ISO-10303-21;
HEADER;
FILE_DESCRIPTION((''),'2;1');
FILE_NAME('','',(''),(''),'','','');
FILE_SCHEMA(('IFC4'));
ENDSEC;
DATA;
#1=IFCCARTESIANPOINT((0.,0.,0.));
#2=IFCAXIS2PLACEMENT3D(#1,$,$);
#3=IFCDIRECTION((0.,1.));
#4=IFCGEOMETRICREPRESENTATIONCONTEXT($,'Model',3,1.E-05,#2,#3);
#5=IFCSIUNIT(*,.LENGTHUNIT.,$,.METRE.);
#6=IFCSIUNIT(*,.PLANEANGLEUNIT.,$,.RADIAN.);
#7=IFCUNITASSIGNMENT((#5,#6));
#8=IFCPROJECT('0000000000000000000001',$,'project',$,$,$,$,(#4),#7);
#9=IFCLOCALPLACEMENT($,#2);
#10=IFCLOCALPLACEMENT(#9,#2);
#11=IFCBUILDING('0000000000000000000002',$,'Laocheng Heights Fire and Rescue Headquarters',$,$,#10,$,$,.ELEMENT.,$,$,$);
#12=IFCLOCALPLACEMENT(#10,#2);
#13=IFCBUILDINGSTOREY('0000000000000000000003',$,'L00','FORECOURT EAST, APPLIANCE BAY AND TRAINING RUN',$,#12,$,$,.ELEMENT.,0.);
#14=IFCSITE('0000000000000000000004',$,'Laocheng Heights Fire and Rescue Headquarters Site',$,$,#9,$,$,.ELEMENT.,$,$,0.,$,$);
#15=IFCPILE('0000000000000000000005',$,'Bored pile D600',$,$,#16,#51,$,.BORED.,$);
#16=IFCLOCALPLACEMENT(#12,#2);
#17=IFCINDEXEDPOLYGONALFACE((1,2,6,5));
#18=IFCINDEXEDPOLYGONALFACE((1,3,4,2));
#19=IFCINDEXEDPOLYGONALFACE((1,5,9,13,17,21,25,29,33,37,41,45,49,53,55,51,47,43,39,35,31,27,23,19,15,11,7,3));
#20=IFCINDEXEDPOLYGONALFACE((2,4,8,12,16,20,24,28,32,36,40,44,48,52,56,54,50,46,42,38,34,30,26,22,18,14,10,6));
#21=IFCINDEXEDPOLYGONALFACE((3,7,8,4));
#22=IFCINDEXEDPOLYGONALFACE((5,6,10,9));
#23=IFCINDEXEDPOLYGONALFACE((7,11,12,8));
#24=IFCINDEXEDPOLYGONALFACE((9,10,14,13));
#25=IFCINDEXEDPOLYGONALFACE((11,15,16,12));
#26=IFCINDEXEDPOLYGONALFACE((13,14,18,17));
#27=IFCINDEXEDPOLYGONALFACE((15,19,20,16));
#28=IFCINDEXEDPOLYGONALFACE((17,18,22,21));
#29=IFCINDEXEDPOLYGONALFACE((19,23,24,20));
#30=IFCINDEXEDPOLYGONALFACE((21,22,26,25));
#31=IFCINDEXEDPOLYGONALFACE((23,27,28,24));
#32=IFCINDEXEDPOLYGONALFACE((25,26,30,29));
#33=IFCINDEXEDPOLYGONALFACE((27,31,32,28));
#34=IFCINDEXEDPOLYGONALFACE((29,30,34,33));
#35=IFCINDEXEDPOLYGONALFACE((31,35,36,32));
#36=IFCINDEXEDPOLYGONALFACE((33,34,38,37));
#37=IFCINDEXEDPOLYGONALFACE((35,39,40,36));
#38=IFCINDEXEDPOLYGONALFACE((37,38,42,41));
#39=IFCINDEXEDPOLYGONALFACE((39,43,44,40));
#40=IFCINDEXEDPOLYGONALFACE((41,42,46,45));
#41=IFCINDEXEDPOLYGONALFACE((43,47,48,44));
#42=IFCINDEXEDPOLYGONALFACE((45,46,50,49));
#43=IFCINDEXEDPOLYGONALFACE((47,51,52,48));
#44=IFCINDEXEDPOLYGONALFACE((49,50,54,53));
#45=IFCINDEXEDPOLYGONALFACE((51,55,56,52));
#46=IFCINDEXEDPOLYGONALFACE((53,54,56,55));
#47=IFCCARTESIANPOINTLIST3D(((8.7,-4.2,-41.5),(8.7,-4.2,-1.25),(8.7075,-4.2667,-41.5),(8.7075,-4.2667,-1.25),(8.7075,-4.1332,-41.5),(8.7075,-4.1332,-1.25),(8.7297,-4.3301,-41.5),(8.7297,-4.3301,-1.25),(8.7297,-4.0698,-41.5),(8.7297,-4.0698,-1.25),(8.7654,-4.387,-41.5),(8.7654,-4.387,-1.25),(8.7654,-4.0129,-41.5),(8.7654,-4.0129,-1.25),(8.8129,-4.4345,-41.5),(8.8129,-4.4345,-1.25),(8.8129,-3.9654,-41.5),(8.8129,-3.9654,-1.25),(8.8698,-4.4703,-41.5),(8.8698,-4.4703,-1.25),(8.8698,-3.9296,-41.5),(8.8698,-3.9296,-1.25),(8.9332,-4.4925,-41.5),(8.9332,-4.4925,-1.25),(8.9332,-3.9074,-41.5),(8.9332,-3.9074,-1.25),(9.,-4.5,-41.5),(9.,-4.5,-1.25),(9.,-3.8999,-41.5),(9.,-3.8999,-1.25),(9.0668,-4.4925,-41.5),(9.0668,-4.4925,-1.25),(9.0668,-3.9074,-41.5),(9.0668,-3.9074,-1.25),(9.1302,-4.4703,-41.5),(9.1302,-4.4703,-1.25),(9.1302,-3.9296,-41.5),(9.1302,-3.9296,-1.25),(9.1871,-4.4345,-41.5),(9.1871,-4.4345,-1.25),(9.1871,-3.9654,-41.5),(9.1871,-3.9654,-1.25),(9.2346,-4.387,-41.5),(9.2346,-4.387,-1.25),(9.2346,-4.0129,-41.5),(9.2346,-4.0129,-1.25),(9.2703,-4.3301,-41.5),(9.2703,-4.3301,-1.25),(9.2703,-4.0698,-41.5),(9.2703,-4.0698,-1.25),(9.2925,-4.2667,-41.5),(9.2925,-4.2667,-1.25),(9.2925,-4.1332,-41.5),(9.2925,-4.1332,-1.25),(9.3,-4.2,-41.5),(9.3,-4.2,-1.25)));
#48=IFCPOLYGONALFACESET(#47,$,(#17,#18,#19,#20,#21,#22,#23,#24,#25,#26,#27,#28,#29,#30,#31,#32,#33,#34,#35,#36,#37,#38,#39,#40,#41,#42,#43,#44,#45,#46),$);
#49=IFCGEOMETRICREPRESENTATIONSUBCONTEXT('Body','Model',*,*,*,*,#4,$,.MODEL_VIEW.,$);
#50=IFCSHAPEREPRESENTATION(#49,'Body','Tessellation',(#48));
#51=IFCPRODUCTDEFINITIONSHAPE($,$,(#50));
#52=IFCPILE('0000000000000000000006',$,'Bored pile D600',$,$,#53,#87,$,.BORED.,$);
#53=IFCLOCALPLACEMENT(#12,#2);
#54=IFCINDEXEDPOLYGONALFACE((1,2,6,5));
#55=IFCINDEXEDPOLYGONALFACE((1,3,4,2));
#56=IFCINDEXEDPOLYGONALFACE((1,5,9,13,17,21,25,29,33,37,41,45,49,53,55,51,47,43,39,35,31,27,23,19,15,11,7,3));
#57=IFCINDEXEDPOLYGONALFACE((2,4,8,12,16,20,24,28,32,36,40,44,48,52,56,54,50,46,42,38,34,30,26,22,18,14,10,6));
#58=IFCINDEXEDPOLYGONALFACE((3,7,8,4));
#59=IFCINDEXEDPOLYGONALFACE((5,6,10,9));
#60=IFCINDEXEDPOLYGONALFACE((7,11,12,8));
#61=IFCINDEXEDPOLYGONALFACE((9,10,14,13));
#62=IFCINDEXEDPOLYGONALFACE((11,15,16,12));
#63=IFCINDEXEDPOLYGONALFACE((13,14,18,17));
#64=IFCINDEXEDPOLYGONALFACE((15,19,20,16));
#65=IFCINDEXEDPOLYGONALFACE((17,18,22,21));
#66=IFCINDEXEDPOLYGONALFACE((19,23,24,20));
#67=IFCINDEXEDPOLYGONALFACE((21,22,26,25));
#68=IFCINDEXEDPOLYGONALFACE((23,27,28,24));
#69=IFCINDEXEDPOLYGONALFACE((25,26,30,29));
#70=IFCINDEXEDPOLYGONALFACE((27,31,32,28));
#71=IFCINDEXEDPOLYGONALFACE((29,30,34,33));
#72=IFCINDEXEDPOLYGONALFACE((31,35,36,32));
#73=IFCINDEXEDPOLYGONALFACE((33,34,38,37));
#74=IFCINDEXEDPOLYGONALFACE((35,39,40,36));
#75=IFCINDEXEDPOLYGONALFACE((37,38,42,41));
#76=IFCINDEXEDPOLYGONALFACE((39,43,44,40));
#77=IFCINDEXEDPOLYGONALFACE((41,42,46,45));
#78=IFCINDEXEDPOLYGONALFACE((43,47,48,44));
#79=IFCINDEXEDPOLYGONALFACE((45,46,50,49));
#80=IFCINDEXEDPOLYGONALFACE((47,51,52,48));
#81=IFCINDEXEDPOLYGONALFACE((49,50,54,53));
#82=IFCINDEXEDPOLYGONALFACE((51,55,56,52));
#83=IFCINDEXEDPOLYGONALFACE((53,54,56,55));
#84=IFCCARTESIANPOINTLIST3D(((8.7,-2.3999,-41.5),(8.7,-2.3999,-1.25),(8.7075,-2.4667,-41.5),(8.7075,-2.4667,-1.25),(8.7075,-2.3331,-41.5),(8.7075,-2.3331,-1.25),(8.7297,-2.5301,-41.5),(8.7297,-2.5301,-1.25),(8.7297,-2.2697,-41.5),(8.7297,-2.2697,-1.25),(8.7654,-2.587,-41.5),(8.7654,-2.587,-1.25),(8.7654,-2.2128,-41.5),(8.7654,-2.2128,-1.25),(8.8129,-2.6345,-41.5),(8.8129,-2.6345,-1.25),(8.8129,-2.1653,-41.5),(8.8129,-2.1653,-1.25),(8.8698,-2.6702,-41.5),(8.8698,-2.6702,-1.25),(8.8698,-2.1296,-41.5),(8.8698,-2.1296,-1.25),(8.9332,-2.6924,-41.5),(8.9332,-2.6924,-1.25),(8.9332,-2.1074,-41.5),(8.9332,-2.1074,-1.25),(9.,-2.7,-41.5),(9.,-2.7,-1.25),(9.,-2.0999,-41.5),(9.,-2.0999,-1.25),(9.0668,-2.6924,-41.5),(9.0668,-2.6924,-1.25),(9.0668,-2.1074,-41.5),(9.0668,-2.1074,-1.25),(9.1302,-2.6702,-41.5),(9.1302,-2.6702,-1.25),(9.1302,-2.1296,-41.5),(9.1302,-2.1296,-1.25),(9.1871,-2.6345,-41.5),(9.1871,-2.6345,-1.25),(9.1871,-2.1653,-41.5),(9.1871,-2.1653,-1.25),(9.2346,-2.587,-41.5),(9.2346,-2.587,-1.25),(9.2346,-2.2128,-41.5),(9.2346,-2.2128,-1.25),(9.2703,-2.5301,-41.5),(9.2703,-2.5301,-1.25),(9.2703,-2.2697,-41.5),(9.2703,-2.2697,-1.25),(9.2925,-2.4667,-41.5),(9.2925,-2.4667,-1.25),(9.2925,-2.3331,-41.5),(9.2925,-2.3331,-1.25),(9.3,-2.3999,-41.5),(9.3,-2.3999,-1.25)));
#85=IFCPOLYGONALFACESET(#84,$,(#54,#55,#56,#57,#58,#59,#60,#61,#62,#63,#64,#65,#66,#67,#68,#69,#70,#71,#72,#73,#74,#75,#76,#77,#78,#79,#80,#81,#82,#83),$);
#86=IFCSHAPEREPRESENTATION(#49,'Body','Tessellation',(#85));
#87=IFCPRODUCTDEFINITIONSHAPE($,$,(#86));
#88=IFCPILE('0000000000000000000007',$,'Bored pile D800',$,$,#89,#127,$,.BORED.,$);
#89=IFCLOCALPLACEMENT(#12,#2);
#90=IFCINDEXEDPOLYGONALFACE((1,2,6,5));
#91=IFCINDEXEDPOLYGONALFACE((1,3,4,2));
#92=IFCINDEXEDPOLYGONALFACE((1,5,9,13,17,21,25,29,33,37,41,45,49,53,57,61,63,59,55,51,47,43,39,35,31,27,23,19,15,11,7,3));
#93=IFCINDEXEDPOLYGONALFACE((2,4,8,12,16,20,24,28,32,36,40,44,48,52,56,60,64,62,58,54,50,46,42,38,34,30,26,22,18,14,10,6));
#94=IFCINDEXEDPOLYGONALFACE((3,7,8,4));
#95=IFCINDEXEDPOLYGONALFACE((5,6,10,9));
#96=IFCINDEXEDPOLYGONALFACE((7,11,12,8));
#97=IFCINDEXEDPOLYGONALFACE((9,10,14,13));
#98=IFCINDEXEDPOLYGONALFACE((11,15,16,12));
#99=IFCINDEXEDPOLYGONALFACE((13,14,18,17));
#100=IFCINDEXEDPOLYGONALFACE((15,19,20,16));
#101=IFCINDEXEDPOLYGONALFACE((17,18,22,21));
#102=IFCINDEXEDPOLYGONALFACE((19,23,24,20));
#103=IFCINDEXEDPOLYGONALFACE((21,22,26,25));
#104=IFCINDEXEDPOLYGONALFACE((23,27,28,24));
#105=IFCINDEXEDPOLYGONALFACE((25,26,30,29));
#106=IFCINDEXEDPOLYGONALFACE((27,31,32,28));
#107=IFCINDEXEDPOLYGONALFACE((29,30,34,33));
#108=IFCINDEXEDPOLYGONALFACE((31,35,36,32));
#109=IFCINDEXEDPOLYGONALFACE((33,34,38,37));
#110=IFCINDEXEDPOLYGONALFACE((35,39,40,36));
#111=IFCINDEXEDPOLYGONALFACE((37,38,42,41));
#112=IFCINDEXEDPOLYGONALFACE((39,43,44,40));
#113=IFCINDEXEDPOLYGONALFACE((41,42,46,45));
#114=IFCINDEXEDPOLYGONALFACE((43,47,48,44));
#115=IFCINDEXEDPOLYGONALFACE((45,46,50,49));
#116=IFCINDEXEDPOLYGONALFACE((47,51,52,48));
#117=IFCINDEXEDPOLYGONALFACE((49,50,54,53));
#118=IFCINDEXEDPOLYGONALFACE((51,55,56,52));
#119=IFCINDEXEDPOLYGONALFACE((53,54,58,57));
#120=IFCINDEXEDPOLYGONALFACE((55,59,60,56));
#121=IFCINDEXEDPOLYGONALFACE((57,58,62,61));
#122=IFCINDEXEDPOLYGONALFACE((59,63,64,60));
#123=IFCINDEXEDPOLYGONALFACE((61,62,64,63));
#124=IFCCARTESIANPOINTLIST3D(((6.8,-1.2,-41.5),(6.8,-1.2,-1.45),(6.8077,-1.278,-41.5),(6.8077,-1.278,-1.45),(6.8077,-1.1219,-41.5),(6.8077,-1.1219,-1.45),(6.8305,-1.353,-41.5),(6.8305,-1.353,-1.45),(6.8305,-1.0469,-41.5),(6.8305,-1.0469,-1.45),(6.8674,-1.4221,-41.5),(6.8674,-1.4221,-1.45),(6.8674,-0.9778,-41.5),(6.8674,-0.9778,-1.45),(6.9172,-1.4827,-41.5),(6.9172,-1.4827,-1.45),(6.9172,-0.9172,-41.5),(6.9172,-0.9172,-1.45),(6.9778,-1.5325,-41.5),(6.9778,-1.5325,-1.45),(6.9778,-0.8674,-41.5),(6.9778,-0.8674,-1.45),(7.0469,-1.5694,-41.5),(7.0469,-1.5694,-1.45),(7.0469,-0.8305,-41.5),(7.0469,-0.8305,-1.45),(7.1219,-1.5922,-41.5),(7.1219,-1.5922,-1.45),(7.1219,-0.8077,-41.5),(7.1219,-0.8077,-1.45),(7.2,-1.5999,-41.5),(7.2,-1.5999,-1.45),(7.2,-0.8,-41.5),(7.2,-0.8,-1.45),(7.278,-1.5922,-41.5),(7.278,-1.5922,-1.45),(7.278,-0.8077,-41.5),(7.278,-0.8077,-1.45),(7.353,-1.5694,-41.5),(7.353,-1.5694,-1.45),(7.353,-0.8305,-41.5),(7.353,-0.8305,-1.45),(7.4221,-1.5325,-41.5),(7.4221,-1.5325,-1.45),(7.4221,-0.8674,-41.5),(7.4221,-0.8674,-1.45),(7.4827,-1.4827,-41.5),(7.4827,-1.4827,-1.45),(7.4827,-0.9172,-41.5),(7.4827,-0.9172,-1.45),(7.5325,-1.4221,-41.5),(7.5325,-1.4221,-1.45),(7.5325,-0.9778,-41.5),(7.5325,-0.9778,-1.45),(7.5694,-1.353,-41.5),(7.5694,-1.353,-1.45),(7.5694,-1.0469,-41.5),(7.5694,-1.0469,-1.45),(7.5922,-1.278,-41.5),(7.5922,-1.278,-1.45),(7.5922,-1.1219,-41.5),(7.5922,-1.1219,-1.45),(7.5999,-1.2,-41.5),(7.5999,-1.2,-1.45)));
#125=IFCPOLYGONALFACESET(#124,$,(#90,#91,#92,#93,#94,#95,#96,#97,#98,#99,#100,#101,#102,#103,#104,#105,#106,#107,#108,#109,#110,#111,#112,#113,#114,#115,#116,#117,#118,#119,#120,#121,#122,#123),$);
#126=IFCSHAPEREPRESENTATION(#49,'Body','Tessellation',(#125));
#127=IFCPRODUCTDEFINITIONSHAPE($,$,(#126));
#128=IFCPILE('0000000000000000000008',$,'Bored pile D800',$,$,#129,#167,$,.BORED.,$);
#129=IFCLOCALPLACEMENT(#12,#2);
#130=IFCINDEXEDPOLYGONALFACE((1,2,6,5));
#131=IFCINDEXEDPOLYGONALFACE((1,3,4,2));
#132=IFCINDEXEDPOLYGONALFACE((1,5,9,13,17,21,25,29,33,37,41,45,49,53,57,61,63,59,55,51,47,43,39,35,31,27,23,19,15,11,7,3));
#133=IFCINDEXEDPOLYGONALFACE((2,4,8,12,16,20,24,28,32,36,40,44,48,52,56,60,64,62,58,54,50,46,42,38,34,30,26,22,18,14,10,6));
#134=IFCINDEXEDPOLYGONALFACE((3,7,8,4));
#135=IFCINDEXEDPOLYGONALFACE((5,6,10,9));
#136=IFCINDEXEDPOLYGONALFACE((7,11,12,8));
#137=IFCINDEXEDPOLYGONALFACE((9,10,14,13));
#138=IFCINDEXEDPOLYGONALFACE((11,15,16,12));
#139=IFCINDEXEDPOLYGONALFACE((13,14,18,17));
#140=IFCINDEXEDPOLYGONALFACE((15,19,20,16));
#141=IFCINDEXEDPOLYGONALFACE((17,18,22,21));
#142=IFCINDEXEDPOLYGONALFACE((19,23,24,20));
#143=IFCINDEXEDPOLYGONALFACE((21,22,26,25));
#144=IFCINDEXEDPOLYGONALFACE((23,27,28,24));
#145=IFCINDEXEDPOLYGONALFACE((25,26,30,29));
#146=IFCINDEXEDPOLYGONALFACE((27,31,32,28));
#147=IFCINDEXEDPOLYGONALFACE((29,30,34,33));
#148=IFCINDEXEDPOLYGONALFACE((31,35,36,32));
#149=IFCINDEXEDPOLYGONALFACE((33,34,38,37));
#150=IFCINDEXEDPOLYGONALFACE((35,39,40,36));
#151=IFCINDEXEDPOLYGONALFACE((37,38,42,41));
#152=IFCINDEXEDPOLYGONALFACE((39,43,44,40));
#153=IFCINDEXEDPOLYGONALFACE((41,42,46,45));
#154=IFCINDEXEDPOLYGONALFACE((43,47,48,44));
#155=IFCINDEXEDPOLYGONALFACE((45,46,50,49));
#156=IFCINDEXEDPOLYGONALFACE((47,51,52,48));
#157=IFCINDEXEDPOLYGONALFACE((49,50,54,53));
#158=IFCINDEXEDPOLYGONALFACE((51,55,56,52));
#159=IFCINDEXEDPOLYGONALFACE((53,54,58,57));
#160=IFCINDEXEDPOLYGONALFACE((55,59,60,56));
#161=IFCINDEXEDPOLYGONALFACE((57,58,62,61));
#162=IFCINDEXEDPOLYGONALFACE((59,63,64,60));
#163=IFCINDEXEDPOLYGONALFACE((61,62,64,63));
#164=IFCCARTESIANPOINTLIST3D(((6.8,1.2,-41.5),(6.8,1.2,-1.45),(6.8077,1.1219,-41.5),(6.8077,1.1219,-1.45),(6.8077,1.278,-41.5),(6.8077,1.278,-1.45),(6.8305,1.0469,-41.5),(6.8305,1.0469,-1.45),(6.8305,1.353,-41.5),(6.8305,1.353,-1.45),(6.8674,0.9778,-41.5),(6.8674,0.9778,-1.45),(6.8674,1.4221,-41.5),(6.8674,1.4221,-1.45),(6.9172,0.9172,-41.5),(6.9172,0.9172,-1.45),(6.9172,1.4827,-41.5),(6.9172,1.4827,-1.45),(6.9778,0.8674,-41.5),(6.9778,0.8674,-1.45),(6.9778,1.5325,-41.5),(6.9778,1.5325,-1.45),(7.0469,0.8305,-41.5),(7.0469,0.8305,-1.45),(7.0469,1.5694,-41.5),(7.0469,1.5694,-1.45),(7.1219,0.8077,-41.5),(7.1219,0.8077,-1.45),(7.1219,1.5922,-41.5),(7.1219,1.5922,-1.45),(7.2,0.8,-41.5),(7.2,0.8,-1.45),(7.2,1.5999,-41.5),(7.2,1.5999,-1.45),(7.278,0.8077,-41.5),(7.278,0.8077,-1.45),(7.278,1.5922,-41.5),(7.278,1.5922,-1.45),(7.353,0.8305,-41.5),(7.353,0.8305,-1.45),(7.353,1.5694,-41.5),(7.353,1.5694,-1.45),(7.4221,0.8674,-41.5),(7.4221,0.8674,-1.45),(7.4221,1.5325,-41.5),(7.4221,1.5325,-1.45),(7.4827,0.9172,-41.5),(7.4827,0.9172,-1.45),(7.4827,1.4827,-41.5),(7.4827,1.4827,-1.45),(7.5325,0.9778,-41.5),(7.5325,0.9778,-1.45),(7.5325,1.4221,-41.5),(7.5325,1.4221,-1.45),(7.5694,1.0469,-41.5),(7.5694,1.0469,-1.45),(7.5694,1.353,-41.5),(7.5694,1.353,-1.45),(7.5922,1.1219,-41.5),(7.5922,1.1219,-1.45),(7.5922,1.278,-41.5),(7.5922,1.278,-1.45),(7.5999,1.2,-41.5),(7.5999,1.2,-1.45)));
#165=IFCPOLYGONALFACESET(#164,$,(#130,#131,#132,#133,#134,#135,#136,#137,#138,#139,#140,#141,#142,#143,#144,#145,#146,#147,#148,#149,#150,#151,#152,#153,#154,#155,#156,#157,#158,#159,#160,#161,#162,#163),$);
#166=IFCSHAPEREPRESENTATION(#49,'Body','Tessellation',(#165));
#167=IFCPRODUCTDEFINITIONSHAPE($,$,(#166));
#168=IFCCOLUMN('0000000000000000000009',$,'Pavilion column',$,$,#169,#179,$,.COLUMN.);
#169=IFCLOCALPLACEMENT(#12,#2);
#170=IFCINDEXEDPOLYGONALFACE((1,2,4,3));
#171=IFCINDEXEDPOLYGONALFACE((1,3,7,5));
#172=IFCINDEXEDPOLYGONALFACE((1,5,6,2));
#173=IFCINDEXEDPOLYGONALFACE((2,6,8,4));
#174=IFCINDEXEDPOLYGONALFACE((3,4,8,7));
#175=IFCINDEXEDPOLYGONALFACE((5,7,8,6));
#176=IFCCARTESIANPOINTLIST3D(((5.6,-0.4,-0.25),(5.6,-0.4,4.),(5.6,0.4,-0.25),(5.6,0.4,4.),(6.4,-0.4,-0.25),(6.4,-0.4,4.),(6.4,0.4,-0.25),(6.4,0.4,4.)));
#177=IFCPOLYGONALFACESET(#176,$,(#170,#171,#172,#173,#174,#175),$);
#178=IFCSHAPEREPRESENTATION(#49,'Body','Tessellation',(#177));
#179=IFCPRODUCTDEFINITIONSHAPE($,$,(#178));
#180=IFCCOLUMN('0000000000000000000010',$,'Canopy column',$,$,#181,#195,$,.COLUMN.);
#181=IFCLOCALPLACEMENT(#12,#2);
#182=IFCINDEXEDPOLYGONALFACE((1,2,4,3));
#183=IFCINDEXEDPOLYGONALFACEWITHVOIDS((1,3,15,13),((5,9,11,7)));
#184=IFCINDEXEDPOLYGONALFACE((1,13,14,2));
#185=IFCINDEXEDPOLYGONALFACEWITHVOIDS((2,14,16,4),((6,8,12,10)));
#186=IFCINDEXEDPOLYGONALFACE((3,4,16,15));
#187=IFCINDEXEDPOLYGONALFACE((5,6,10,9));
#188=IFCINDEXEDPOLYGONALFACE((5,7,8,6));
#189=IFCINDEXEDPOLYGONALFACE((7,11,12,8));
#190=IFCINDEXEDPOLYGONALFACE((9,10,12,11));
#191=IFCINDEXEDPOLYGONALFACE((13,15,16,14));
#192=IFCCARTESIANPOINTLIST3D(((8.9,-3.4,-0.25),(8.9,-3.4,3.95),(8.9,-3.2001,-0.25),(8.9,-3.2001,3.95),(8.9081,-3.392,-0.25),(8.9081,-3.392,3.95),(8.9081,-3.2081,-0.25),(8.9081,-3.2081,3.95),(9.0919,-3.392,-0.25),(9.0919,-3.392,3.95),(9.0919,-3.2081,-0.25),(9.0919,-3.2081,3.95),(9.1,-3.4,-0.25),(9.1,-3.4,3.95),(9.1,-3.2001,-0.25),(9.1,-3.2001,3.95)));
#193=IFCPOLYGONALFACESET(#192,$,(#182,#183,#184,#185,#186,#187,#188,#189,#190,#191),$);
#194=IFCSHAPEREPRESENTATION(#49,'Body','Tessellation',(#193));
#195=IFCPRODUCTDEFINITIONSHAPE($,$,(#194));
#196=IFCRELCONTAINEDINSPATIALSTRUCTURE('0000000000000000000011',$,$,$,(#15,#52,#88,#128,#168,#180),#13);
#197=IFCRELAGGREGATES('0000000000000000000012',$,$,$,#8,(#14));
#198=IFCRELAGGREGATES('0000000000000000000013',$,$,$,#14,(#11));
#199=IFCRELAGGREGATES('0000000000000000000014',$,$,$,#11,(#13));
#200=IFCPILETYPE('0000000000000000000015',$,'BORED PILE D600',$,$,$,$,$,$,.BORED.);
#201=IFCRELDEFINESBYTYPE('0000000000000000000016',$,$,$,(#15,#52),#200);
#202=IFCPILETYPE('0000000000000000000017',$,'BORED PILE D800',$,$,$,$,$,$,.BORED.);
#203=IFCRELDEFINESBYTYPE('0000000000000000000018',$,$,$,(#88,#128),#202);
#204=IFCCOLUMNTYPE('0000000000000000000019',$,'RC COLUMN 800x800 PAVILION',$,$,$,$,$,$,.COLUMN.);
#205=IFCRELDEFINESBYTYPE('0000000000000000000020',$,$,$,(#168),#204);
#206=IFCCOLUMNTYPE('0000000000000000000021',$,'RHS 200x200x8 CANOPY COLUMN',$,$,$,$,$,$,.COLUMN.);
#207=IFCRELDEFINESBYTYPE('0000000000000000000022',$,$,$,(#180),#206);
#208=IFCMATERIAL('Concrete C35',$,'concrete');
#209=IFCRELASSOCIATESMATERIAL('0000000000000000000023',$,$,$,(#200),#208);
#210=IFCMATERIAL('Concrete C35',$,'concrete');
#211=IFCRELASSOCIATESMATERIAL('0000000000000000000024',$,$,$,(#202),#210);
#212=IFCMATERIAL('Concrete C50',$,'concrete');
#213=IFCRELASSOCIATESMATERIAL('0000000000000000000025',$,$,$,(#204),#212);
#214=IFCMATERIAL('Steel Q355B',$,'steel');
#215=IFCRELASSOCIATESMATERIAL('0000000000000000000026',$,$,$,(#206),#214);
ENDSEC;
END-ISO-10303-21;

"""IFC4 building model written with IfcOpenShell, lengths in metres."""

from ifc_helpers import new_model, si_unit, direction, frame, origin, origin_2d, place, context, subcontext, project, spatial, rectangle, hollow_rectangle, circle, extrude, material, material_profile, profile_set, type_object, element, save


model = new_model("IFC4")

# Units and contexts
model_context = context("Model", 3, precision=1e-05, world=origin(), true_north=direction((0.0, 1.0)))
body_context = subcontext(model_context, "Body", "Model", "MODEL_VIEW")
ifc_project = project(units=[si_unit("LENGTHUNIT", "METRE"), si_unit("PLANEANGLEUNIT", "RADIAN")], contexts=[model_context])

# Site, building, storey
site_placement = place(None, origin())
site = spatial("IfcSite", under=ifc_project, at=site_placement, Name="Laocheng Heights Fire and Rescue Headquarters Site", CompositionType="ELEMENT", RefElevation=0.0)
building_placement = place(site_placement, origin())
building = spatial("IfcBuilding", under=site, at=building_placement, Name="Laocheng Heights Fire and Rescue Headquarters", CompositionType="ELEMENT")
storey_placement = place(building_placement, origin())
storey = spatial("IfcBuildingStorey", under=building, at=storey_placement, Name="L00", Description="FORECOURT EAST, APPLIANCE BAY AND TRAINING RUN", CompositionType="ELEMENT", Elevation=0.0)

# Piles
ifc_material_1 = material(Name="Concrete C35", Category="concrete")
ifc_material_profile_1 = material_profile(ifc_material_1, circle(Radius=0.3, at=origin_2d()), Name="BORED PILE D600")
ifc_profile_set_1 = profile_set([ifc_material_profile_1], Name="Concrete C35")
pile_type_1 = type_object("IfcPileType", Name="BORED PILE D600", PredefinedType="BORED", material=ifc_profile_set_1)
for number, where, z_axis, x_axis, name in (
    (1, (9.0, -4.2, -1.25), (0.0, 0.0, -1.0), (1.0, 0.0, 0.0), "Bored pile D600"),
    (2, (9.0, -2.3999, -1.25), (0.0, 0.0, -1.0), (1.0, 0.0, 0.0), "Bored pile D600"),
):
    element("IfcPile", number, at=place(storey_placement, frame(where, z_axis=z_axis, x_axis=x_axis)), inside=storey, type_object=pile_type_1, Name=name, PredefinedType="BORED", context=body_context, shape_type="SweptSolid", body=[
        extrude(circle(Radius=0.3, at=origin_2d()), origin(), (0.0, 0.0, 1.0), 40.25),
    ])
ifc_material_2 = material(Name="Concrete C35", Category="concrete")
ifc_material_profile_2 = material_profile(ifc_material_2, circle(Radius=0.3999, at=origin_2d()), Name="BORED PILE D800")
ifc_profile_set_2 = profile_set([ifc_material_profile_2], Name="Concrete C35")
pile_type_2 = type_object("IfcPileType", Name="BORED PILE D800", PredefinedType="BORED", material=ifc_profile_set_2)
for number, where, z_axis, x_axis, name in (
    (3, (7.2, -1.2, -1.45), (0.0, 0.0, -1.0), (1.0, 0.0, 0.0), "Bored pile D800"),
    (4, (7.2, 1.2, -1.45), (0.0, 0.0, -1.0), (1.0, 0.0, 0.0), "Bored pile D800"),
):
    element("IfcPile", number, at=place(storey_placement, frame(where, z_axis=z_axis, x_axis=x_axis)), inside=storey, type_object=pile_type_2, Name=name, PredefinedType="BORED", context=body_context, shape_type="SweptSolid", body=[
        extrude(circle(Radius=0.3999, at=origin_2d()), origin(), (0.0, 0.0, 1.0), 40.05),
    ])

# Columns
ifc_material_3 = material(Name="Concrete C50", Category="concrete")
ifc_material_profile_3 = material_profile(ifc_material_3, rectangle(XDim=0.8, YDim=0.8, at=origin_2d()), Name="RC COLUMN 800x800 PAVILION")
ifc_profile_set_3 = profile_set([ifc_material_profile_3], Name="Concrete C50")
column_type_1 = type_object("IfcColumnType", Name="RC COLUMN 800x800 PAVILION", PredefinedType="COLUMN", material=ifc_profile_set_3)
column_1_placement = place(storey_placement, frame((6.0, 0.0, -0.25), z_axis=(0.0, 0.0, 1.0), x_axis=(1.0, 0.0, 0.0)))
element("IfcColumn", 5, at=column_1_placement, inside=storey, type_object=column_type_1, Name="Pavilion column", PredefinedType="COLUMN", context=body_context, shape_type="SweptSolid", body=[
    extrude(rectangle(XDim=0.8, YDim=0.8, at=origin_2d()), origin(), (0.0, 0.0, 1.0), 4.25),
])
ifc_material_4 = material(Name="Steel Q355B", Category="steel")
ifc_material_profile_4 = material_profile(ifc_material_4, hollow_rectangle(XDim=0.2, YDim=0.2, WallThickness=0.0081, at=origin_2d()), Name="RHS 200x200x8")
ifc_profile_set_4 = profile_set([ifc_material_profile_4], Name="Steel Q355B")
column_type_2 = type_object("IfcColumnType", Name="RHS 200x200x8 CANOPY COLUMN", PredefinedType="COLUMN", material=ifc_profile_set_4)
column_2_placement = place(storey_placement, frame((9.0, -3.3, -0.25), z_axis=(0.0, 0.0, 1.0), x_axis=(1.0, 0.0, 0.0)))
element("IfcColumn", 6, at=column_2_placement, inside=storey, type_object=column_type_2, Name="Canopy column", PredefinedType="COLUMN", context=body_context, shape_type="SweptSolid", body=[
    extrude(hollow_rectangle(XDim=0.2, YDim=0.2, WallThickness=0.0081, at=origin_2d()), origin(), (0.0, 0.0, 1.0), 4.2),
])

save(model, "model.ifc")
